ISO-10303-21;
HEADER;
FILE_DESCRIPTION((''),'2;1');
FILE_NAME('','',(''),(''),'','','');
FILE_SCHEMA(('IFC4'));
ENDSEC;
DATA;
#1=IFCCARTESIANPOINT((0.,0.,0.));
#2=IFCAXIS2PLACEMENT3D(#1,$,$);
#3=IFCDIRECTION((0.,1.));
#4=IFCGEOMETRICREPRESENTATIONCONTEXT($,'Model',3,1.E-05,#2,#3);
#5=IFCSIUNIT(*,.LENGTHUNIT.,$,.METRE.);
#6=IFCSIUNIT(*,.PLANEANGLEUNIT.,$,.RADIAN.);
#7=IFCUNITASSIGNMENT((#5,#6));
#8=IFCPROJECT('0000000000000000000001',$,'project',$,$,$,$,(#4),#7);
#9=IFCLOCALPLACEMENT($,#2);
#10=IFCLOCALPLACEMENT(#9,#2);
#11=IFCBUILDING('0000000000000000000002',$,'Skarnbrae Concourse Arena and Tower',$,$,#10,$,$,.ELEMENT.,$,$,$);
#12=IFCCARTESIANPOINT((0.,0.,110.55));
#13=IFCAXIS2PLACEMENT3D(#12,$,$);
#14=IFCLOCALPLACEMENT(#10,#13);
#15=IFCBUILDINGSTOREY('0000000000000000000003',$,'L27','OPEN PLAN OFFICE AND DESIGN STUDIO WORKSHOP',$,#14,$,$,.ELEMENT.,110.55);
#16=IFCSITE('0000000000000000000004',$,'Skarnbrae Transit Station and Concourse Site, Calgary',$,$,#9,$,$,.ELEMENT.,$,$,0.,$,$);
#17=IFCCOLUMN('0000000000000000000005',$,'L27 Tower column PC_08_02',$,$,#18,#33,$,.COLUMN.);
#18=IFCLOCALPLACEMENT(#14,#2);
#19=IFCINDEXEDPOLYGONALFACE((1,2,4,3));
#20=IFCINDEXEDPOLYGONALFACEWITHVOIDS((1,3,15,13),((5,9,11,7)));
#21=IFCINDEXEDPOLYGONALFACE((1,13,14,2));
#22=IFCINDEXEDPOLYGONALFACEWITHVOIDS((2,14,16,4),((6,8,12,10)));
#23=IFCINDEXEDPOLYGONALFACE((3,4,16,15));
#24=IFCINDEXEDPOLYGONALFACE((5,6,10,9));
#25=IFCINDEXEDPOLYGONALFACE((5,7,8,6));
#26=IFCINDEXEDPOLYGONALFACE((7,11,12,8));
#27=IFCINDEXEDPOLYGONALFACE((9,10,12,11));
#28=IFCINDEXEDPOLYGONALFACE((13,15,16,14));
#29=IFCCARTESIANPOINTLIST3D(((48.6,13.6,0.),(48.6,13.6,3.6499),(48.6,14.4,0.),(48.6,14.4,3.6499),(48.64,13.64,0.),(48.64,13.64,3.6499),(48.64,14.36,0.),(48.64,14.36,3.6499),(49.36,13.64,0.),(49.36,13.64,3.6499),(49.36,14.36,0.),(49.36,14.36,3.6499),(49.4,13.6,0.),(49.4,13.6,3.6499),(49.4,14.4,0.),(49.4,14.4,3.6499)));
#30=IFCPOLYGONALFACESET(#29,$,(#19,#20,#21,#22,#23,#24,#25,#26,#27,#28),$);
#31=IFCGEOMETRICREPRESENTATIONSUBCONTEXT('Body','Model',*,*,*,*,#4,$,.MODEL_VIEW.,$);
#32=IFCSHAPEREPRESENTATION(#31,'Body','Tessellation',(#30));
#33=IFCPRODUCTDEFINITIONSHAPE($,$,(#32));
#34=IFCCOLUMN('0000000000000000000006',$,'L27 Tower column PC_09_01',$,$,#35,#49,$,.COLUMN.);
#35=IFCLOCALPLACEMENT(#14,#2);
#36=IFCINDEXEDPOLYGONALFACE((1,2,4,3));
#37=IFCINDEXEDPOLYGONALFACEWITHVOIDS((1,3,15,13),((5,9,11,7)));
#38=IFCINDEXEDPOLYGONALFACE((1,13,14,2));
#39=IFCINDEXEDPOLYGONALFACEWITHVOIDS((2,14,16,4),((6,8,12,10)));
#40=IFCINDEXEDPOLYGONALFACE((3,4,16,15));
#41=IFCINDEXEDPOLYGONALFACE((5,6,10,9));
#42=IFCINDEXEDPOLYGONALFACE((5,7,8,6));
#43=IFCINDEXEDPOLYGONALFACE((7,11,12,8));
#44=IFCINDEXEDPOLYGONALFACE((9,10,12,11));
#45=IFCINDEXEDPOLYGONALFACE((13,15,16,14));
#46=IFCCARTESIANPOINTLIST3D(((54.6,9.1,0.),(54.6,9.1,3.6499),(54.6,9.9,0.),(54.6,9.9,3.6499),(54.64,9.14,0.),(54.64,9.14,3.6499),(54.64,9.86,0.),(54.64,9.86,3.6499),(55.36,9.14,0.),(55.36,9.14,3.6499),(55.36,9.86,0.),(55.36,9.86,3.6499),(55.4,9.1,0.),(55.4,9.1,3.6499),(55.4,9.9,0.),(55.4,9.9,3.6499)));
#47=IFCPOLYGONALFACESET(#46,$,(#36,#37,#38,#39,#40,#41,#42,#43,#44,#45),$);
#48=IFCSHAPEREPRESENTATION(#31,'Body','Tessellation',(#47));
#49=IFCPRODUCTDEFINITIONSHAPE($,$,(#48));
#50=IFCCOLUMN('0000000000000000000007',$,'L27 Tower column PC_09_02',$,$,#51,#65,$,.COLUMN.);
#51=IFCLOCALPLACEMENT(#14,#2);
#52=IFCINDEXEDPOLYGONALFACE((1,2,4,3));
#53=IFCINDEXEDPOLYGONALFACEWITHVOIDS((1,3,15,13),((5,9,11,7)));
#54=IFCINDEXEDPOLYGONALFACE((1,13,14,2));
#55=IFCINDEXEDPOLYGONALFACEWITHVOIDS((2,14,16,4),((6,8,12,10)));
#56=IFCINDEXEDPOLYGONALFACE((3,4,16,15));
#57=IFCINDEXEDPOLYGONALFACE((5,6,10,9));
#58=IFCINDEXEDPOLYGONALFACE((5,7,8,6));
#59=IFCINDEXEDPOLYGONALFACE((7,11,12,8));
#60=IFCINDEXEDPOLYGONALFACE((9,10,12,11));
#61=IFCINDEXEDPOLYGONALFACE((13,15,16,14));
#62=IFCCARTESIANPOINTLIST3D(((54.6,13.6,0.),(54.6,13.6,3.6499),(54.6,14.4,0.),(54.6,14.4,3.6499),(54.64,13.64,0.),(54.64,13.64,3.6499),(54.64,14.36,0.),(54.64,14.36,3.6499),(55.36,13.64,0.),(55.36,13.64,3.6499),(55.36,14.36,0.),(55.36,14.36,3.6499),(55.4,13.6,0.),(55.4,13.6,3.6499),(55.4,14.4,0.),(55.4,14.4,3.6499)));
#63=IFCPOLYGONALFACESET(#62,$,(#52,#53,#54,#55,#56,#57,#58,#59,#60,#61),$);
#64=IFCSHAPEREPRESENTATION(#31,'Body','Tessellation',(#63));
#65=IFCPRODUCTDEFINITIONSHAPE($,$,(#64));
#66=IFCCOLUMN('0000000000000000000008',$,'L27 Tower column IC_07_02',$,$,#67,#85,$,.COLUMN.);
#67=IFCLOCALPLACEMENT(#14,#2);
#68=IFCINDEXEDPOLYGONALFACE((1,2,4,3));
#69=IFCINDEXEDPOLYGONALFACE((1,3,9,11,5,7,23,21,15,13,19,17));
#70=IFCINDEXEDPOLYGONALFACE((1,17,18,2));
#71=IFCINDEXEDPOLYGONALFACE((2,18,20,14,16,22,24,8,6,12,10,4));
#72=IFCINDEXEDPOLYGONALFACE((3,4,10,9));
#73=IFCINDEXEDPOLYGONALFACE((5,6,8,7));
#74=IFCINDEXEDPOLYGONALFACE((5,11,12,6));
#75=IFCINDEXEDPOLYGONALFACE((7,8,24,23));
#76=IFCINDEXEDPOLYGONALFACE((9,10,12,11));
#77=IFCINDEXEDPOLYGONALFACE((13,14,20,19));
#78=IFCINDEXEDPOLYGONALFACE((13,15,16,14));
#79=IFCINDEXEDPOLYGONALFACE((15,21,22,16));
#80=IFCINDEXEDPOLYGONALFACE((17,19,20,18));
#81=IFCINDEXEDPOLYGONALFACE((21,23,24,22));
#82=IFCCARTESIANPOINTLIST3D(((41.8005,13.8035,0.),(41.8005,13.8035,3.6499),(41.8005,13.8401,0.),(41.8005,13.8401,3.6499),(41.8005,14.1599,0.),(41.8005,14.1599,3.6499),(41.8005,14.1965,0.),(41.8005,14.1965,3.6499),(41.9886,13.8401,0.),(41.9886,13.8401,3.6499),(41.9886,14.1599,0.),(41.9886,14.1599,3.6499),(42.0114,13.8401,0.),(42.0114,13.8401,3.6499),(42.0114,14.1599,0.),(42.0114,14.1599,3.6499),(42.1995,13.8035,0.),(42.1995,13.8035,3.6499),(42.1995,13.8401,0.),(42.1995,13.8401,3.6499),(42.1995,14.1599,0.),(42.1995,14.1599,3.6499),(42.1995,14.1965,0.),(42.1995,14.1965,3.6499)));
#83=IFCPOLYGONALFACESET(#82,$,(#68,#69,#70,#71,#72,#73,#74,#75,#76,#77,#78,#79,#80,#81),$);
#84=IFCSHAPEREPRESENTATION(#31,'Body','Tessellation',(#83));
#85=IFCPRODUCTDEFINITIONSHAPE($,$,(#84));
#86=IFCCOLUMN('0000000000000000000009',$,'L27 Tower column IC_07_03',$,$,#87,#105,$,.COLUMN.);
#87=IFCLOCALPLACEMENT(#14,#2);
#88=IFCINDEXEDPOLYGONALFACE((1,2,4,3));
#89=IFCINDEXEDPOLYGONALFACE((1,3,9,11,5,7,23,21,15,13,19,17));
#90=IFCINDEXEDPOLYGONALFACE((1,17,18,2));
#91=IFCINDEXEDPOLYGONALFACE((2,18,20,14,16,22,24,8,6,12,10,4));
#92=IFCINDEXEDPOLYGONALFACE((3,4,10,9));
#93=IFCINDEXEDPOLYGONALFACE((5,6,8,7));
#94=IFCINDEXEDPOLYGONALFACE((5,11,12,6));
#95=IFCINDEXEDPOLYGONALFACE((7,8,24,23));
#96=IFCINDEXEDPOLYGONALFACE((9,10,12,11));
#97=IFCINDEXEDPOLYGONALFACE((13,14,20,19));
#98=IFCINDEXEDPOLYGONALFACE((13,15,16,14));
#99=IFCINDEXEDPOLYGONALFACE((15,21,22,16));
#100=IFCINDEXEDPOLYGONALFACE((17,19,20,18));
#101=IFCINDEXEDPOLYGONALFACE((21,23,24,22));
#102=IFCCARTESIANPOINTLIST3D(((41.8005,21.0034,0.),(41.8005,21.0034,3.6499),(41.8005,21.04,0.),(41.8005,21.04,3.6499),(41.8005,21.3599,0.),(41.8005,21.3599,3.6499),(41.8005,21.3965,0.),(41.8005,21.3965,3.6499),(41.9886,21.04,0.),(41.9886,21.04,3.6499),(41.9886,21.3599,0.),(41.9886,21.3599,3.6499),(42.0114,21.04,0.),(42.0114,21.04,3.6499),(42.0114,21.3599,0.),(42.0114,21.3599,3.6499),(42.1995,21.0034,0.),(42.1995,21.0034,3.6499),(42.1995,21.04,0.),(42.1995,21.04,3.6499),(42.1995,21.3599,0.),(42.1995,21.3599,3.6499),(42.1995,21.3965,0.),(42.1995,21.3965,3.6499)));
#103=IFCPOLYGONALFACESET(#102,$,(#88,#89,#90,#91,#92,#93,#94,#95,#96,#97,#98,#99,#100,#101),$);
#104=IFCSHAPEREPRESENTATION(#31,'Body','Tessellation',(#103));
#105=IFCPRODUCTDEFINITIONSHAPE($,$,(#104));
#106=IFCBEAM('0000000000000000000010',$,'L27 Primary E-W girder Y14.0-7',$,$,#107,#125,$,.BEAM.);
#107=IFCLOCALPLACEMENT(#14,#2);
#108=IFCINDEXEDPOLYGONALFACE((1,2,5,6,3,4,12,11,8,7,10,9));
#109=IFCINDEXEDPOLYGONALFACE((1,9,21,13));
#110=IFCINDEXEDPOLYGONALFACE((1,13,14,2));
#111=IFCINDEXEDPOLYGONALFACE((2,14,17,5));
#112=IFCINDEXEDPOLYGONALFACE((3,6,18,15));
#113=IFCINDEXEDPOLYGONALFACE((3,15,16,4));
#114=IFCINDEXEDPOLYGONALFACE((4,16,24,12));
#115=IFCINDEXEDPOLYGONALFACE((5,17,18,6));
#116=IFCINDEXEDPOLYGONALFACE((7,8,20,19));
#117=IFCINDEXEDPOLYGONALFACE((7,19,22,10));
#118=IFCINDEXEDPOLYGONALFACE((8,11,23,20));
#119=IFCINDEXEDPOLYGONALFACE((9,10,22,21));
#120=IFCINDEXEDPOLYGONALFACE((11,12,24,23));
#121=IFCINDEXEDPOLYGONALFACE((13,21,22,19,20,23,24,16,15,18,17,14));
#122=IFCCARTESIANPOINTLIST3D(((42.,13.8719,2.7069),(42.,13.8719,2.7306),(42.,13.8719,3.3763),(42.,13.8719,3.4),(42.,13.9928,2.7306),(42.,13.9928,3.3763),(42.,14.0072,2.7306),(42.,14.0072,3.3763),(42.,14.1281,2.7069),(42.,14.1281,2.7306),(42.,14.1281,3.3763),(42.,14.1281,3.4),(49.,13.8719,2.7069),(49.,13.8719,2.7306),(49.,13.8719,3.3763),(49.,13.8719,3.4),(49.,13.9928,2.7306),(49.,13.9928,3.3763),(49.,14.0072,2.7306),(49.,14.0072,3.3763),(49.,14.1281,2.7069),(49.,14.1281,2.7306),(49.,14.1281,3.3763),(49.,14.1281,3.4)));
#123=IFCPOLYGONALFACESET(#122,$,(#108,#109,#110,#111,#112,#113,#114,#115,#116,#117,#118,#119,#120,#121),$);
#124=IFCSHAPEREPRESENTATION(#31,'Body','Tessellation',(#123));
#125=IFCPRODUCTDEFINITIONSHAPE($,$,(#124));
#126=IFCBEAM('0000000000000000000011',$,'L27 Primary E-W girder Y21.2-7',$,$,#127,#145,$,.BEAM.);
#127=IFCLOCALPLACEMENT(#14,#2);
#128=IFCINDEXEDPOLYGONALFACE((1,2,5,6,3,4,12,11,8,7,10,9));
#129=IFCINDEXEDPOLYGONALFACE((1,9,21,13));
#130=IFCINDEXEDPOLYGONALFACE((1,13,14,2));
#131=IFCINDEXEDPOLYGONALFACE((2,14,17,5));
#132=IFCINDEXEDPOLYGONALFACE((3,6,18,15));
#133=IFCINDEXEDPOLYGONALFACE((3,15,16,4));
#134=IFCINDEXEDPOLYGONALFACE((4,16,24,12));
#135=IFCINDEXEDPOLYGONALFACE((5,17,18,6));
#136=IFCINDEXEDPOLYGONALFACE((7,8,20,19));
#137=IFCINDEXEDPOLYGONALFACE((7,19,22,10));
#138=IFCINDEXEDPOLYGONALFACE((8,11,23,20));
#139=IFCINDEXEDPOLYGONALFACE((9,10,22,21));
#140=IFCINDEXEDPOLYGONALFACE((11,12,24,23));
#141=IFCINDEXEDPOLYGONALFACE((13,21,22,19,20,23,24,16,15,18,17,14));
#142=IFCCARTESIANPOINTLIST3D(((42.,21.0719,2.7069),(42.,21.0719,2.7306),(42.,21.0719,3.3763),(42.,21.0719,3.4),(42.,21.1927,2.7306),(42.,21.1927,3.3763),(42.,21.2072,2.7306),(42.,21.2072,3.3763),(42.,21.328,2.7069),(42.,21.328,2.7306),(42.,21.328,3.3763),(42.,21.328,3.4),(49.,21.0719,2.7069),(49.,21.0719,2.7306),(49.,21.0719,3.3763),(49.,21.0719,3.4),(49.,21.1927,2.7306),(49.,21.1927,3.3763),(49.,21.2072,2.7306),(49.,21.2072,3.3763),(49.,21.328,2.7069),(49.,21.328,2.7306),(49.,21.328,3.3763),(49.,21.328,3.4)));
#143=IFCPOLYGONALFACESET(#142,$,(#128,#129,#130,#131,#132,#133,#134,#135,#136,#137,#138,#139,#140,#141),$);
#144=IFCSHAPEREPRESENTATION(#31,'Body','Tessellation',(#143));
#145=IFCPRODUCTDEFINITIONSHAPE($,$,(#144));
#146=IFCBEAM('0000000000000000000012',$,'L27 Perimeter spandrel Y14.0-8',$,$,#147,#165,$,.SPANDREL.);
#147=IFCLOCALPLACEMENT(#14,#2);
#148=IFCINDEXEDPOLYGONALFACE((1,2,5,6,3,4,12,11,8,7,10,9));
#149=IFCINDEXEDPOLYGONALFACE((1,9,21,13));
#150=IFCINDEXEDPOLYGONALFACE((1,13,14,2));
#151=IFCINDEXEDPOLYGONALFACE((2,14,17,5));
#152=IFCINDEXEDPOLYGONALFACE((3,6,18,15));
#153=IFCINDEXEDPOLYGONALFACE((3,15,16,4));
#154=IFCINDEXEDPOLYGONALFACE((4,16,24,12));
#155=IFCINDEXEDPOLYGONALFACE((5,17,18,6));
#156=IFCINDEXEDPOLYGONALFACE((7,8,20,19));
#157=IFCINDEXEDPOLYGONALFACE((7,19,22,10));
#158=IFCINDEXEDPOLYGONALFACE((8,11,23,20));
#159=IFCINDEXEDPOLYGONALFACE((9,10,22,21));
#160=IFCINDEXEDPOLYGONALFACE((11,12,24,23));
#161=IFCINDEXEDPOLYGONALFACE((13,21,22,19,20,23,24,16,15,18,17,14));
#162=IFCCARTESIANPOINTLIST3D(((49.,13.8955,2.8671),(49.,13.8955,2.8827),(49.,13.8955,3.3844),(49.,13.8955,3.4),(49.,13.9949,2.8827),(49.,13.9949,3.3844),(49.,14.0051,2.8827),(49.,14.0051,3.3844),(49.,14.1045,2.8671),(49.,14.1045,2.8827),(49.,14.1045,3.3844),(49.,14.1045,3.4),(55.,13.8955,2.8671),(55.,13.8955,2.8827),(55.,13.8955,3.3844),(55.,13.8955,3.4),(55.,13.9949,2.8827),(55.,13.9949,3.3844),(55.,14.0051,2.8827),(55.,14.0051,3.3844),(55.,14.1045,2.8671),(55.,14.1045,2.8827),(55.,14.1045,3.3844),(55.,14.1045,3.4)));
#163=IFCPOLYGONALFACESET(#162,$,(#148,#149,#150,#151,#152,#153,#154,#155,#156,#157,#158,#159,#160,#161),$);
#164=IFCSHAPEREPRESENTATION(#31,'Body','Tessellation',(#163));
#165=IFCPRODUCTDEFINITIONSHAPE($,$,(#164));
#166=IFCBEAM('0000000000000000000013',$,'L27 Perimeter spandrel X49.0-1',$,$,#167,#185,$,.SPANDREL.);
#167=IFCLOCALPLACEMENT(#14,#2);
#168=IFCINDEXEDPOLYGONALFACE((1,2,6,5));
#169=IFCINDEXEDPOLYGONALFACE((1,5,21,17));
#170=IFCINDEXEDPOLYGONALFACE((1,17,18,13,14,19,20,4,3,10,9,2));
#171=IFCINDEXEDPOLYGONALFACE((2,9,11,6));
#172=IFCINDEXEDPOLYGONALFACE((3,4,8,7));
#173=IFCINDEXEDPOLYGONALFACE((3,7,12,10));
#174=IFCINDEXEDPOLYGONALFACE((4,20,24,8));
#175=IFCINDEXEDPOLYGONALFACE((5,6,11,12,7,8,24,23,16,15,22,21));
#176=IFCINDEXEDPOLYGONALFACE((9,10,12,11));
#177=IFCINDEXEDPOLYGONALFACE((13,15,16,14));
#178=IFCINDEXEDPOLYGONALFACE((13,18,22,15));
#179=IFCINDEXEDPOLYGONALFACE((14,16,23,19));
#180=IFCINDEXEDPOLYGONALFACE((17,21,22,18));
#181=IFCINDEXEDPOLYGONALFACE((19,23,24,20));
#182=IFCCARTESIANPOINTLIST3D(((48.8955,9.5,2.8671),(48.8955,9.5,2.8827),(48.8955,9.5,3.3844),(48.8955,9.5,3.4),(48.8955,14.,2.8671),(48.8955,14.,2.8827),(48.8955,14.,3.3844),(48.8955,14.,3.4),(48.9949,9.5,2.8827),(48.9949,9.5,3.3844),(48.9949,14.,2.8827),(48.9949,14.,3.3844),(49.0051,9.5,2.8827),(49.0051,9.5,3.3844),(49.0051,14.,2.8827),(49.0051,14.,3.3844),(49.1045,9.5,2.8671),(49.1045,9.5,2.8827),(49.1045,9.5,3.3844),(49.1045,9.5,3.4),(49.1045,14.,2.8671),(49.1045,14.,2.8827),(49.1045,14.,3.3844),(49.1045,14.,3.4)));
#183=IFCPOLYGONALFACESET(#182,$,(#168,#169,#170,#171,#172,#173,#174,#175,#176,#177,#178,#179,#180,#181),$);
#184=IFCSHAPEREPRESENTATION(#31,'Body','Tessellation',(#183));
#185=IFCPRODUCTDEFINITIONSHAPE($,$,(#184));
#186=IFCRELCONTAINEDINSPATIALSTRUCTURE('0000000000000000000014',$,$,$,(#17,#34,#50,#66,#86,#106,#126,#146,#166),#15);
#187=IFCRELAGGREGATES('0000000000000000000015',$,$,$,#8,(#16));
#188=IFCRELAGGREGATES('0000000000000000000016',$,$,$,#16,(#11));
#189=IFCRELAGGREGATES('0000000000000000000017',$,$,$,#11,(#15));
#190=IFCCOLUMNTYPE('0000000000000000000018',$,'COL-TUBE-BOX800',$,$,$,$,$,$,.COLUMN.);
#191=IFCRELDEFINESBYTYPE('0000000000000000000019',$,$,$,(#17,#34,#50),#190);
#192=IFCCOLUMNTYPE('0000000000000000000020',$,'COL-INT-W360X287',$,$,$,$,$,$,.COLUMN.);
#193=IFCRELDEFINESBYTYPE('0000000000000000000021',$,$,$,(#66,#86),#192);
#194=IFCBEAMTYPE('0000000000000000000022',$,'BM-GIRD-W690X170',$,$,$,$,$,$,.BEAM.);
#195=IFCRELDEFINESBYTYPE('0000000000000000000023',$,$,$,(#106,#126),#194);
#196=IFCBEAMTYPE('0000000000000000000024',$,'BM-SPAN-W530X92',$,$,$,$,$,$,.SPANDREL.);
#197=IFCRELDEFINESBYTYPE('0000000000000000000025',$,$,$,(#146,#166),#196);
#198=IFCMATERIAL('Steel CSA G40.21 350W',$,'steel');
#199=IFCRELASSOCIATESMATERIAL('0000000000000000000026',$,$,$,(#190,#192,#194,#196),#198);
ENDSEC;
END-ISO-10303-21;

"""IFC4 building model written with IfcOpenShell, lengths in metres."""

from ifc_helpers import new_model, si_unit, direction, frame, origin, origin_2d, place, context, subcontext, project, spatial, hollow_rectangle, i_section, extrude, source, transform, mapped, material, material_profile, profile_set, type_object, element, save


model = new_model("IFC4")

# Units and contexts
model_context = context("Model", 3, precision=1e-05, world=origin(), true_north=direction((0.0, 1.0)))
body_context = subcontext(model_context, "Body", "Model", "MODEL_VIEW")
ifc_project = project(units=[si_unit("LENGTHUNIT", "METRE"), si_unit("PLANEANGLEUNIT", "RADIAN")], contexts=[model_context])

# Site, building, storey
site_placement = place(None, origin())
site = spatial("IfcSite", under=ifc_project, at=site_placement, Name="Skarnbrae Transit Station and Concourse Site, Calgary", CompositionType="ELEMENT", RefElevation=0.0)
building_placement = place(site_placement, origin())
building = spatial("IfcBuilding", under=site, at=building_placement, Name="Skarnbrae Concourse Arena and Tower", CompositionType="ELEMENT")
storey_placement = place(building_placement, frame((0.0, 0.0, 110.55)))
storey = spatial("IfcBuildingStorey", under=building, at=storey_placement, Name="L27", Description="OPEN PLAN OFFICE AND DESIGN STUDIO WORKSHOP", CompositionType="ELEMENT", Elevation=110.55)

# Columns
ifc_material_1 = material(Name="Steel CSA G40.21 350W", Category="steel")
ifc_material_profile_1 = material_profile(ifc_material_1, hollow_rectangle(XDim=0.8, YDim=0.8, WallThickness=0.04, at=origin_2d()), Name="BOX800X800X40")
ifc_profile_set_1 = profile_set([ifc_material_profile_1], Name="Steel CSA G40.21 350W")
column_type_1 = type_object("IfcColumnType", Name="COL-TUBE-BOX800", PredefinedType="COLUMN", material=ifc_profile_set_1)
shared_shape_1 = source(origin(), body_context, "Body", "SweptSolid", [
    extrude(hollow_rectangle(XDim=0.8, YDim=0.8, WallThickness=0.04, at=origin_2d()), origin(), (0.0, 0.0, 1.0), 3.6499),
])
for number, where, z_axis, x_axis, name in (
    (1, (49.0, 14.0, 0.0), (0.0, 0.0, 1.0), (1.0, 0.0, 0.0), "L27 Tower column PC_08_02"),
    (2, (55.0, 9.5, 0.0), (0.0, 0.0, 1.0), (1.0, 0.0, 0.0), "L27 Tower column PC_09_01"),
    (3, (55.0, 14.0, 0.0), (0.0, 0.0, 1.0), (1.0, 0.0, 0.0), "L27 Tower column PC_09_02"),
):
    element("IfcColumn", number, at=place(storey_placement, frame(where, z_axis=z_axis, x_axis=x_axis)), inside=storey, type_object=column_type_1, Name=name, PredefinedType="COLUMN", context=body_context, shape_type="MappedRepresentation", body=[
        mapped(shared_shape_1, transform((0.0, 0.0, 0.0))),
    ])
ifc_material_profile_2 = material_profile(ifc_material_1, i_section(OverallWidth=0.3989, OverallDepth=0.3931, WebThickness=0.0227, FlangeThickness=0.0366, at=origin_2d()), Name="W360X287")
ifc_profile_set_2 = profile_set([ifc_material_profile_2], Name="Steel CSA G40.21 350W")
column_type_2 = type_object("IfcColumnType", Name="COL-INT-W360X287", PredefinedType="COLUMN", material=ifc_profile_set_2)
shared_shape_2 = source(origin(), body_context, "Body", "SweptSolid", [
    extrude(i_section(OverallWidth=0.3989, OverallDepth=0.3931, WebThickness=0.0227, FlangeThickness=0.0366, at=origin_2d()), origin(), (0.0, 0.0, 1.0), 3.6499),
])
for number, where, z_axis, x_axis, name in (
    (4, (42.0, 14.0, 0.0), (0.0, 0.0, 1.0), (1.0, 0.0, 0.0), "L27 Tower column IC_07_02"),
    (5, (42.0, 21.2, 0.0), (0.0, 0.0, 1.0), (1.0, 0.0, 0.0), "L27 Tower column IC_07_03"),
):
    element("IfcColumn", number, at=place(storey_placement, frame(where, z_axis=z_axis, x_axis=x_axis)), inside=storey, type_object=column_type_2, Name=name, PredefinedType="COLUMN", context=body_context, shape_type="MappedRepresentation", body=[
        mapped(shared_shape_2, transform((0.0, 0.0, 0.0))),
    ])

# Beams
ifc_material_profile_3 = material_profile(ifc_material_1, i_section(OverallWidth=0.2561, OverallDepth=0.6931, WebThickness=0.0144, FlangeThickness=0.0237, at=origin_2d()), Name="W690X170")
ifc_profile_set_3 = profile_set([ifc_material_profile_3], Name="Steel CSA G40.21 350W")
beam_type_1 = type_object("IfcBeamType", Name="BM-GIRD-W690X170", PredefinedType="BEAM", material=ifc_profile_set_3)
shared_shape_3 = source(origin(), body_context, "Body", "SweptSolid", [
    extrude(i_section(OverallWidth=0.2561, OverallDepth=0.6931, WebThickness=0.0144, FlangeThickness=0.0237, at=origin_2d()), origin(), (0.0, 0.0, 1.0), 7.0),
])
for number, where, z_axis, x_axis, name in (
    (6, (42.0, 14.0, 3.0535), (1.0, 0.0, 0.0), (0.0, 1.0, 0.0), "L27 Primary E-W girder Y14.0-7"),
    (7, (42.0, 21.2, 3.0535), (1.0, 0.0, 0.0), (0.0, 1.0, 0.0), "L27 Primary E-W girder Y21.2-7"),
):
    element("IfcBeam", number, at=place(storey_placement, frame(where, z_axis=z_axis, x_axis=x_axis)), inside=storey, type_object=beam_type_1, Name=name, PredefinedType="BEAM", context=body_context, shape_type="MappedRepresentation", body=[
        mapped(shared_shape_3, transform((0.0, 0.0, 0.0))),
    ])
ifc_material_profile_4 = material_profile(ifc_material_1, i_section(OverallWidth=0.209, OverallDepth=0.533, WebThickness=0.0103, FlangeThickness=0.0156, at=origin_2d()), Name="W530X92")
ifc_profile_set_4 = profile_set([ifc_material_profile_4], Name="Steel CSA G40.21 350W")
beam_type_2 = type_object("IfcBeamType", Name="BM-SPAN-W530X92", PredefinedType="SPANDREL", material=ifc_profile_set_4)
shared_shape_4 = source(origin(), body_context, "Body", "SweptSolid", [
    extrude(i_section(OverallWidth=0.209, OverallDepth=0.533, WebThickness=0.0103, FlangeThickness=0.0156, at=origin_2d()), origin(), (0.0, 0.0, 1.0), 6.0),
])
beam_1_placement = place(storey_placement, frame((49.0, 14.0, 3.1335), z_axis=(1.0, 0.0, 0.0), x_axis=(0.0, 1.0, 0.0)))
element("IfcBeam", 8, at=beam_1_placement, inside=storey, type_object=beam_type_2, Name="L27 Perimeter spandrel Y14.0-8", PredefinedType="SPANDREL", context=body_context, shape_type="MappedRepresentation", body=[
    mapped(shared_shape_4, transform((0.0, 0.0, 0.0))),
])
shared_shape_5 = source(origin(), body_context, "Body", "SweptSolid", [
    extrude(i_section(OverallWidth=0.209, OverallDepth=0.533, WebThickness=0.0103, FlangeThickness=0.0156, at=origin_2d()), origin(), (0.0, 0.0, 1.0), 4.5),
])
for number, where, z_axis, x_axis, name in (
    (9, (49.0, 9.5, 3.1335), (0.0, 1.0, 0.0), (-1.0, 0.0, 0.0), "L27 Perimeter spandrel X49.0-1"),
):
    element("IfcBeam", number, at=place(storey_placement, frame(where, z_axis=z_axis, x_axis=x_axis)), inside=storey, type_object=beam_type_2, Name=name, PredefinedType="SPANDREL", context=body_context, shape_type="MappedRepresentation", body=[
        mapped(shared_shape_5, transform((0.0, 0.0, 0.0))),
    ])

save(model, "model.ifc")
